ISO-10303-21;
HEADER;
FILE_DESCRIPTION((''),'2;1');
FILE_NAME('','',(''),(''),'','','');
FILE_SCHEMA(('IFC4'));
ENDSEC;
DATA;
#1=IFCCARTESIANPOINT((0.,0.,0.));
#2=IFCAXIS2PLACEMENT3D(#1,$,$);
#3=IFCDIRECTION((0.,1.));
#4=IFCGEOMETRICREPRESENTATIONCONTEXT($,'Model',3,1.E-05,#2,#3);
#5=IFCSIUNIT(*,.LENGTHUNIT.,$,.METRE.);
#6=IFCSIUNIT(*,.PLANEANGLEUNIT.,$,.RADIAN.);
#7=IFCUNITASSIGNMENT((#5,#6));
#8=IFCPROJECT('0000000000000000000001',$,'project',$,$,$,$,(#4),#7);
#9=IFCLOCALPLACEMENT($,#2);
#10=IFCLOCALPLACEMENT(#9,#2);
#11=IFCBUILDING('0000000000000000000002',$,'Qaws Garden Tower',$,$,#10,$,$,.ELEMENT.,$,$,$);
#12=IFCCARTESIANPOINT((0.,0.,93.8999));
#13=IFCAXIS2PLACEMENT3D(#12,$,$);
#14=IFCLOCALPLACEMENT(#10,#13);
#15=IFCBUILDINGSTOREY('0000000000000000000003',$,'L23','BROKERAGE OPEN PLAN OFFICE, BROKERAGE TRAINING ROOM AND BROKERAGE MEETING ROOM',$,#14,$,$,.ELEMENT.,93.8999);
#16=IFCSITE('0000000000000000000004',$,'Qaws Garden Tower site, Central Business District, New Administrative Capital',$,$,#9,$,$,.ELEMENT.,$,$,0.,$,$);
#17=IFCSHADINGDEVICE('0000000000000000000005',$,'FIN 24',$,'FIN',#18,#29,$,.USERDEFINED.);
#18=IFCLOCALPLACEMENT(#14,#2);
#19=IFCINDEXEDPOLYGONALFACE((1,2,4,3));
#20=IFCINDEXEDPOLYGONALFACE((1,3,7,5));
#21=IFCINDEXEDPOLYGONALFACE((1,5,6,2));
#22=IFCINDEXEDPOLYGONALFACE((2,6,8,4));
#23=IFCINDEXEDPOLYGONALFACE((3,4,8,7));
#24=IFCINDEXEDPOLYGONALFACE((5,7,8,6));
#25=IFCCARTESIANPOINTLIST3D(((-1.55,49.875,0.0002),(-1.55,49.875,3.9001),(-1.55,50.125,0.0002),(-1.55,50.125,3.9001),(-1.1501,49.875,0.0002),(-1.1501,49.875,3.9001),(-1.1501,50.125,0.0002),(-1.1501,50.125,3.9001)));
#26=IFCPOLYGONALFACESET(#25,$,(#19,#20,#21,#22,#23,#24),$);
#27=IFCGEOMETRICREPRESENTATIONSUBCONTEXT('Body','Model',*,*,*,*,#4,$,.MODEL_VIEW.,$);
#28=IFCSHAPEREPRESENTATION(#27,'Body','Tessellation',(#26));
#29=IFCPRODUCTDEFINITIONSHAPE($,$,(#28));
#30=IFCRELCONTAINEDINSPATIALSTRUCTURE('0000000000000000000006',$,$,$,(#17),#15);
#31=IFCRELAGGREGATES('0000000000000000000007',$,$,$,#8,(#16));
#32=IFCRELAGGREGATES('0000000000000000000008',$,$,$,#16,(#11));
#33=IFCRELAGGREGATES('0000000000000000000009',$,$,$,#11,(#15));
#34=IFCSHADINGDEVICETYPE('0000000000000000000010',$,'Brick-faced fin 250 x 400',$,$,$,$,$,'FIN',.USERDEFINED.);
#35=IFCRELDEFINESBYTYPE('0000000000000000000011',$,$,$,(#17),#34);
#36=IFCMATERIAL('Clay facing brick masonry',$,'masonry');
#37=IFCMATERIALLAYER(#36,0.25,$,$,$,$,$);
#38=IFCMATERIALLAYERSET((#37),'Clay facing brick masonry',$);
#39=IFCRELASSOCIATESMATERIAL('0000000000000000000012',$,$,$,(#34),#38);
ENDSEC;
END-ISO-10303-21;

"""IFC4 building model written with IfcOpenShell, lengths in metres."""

from ifc_helpers import new_model, si_unit, direction, frame, origin, origin_2d, place, context, subcontext, project, spatial, rectangle, extrude, material, layer, layer_set, type_object, element, save


model = new_model("IFC4")

# Units and contexts
model_context = context("Model", 3, precision=1e-05, world=origin(), true_north=direction((0.0, 1.0)))
body_context = subcontext(model_context, "Body", "Model", "MODEL_VIEW")
ifc_project = project(units=[si_unit("LENGTHUNIT", "METRE"), si_unit("PLANEANGLEUNIT", "RADIAN")], contexts=[model_context])

# Site, building, storey
site_placement = place(None, origin())
site = spatial("IfcSite", under=ifc_project, at=site_placement, Name="Qaws Garden Tower site, Central Business District, New Administrative Capital", CompositionType="ELEMENT", RefElevation=0.0)
building_placement = place(site_placement, origin())
building = spatial("IfcBuilding", under=site, at=building_placement, Name="Qaws Garden Tower", CompositionType="ELEMENT")
storey_placement = place(building_placement, frame((0.0, 0.0, 93.8999)))
storey = spatial("IfcBuildingStorey", under=building, at=storey_placement, Name="L23", Description="BROKERAGE OPEN PLAN OFFICE, BROKERAGE TRAINING ROOM AND BROKERAGE MEETING ROOM", CompositionType="ELEMENT", Elevation=93.8999)

# Shading device
ifc_material_1 = material(Name="Clay facing brick masonry", Category="masonry")
ifc_layer_1 = layer(ifc_material_1, 0.25)
ifc_layer_set_1 = layer_set([ifc_layer_1], Name="Clay facing brick masonry")
shading_device_type = type_object("IfcShadingDeviceType", Name="Brick-faced fin 250 x 400", ElementType="FIN", PredefinedType="USERDEFINED", material=ifc_layer_set_1)
shading_device_placement = place(storey_placement, frame((-1.3501, 50.0, 0.0002), z_axis=(0.0, 0.0, 1.0), x_axis=(0.0, -1.0, 0.0)))
element("IfcShadingDevice", 1, at=shading_device_placement, inside=storey, type_object=shading_device_type, Name="FIN 24", ObjectType="FIN", PredefinedType="USERDEFINED", context=body_context, shape_type="SweptSolid", body=[
    extrude(rectangle(XDim=0.25, YDim=0.3999, at=origin_2d()), origin(), (0.0, 0.0, 1.0), 3.8999),
])

save(model, "model.ifc")
